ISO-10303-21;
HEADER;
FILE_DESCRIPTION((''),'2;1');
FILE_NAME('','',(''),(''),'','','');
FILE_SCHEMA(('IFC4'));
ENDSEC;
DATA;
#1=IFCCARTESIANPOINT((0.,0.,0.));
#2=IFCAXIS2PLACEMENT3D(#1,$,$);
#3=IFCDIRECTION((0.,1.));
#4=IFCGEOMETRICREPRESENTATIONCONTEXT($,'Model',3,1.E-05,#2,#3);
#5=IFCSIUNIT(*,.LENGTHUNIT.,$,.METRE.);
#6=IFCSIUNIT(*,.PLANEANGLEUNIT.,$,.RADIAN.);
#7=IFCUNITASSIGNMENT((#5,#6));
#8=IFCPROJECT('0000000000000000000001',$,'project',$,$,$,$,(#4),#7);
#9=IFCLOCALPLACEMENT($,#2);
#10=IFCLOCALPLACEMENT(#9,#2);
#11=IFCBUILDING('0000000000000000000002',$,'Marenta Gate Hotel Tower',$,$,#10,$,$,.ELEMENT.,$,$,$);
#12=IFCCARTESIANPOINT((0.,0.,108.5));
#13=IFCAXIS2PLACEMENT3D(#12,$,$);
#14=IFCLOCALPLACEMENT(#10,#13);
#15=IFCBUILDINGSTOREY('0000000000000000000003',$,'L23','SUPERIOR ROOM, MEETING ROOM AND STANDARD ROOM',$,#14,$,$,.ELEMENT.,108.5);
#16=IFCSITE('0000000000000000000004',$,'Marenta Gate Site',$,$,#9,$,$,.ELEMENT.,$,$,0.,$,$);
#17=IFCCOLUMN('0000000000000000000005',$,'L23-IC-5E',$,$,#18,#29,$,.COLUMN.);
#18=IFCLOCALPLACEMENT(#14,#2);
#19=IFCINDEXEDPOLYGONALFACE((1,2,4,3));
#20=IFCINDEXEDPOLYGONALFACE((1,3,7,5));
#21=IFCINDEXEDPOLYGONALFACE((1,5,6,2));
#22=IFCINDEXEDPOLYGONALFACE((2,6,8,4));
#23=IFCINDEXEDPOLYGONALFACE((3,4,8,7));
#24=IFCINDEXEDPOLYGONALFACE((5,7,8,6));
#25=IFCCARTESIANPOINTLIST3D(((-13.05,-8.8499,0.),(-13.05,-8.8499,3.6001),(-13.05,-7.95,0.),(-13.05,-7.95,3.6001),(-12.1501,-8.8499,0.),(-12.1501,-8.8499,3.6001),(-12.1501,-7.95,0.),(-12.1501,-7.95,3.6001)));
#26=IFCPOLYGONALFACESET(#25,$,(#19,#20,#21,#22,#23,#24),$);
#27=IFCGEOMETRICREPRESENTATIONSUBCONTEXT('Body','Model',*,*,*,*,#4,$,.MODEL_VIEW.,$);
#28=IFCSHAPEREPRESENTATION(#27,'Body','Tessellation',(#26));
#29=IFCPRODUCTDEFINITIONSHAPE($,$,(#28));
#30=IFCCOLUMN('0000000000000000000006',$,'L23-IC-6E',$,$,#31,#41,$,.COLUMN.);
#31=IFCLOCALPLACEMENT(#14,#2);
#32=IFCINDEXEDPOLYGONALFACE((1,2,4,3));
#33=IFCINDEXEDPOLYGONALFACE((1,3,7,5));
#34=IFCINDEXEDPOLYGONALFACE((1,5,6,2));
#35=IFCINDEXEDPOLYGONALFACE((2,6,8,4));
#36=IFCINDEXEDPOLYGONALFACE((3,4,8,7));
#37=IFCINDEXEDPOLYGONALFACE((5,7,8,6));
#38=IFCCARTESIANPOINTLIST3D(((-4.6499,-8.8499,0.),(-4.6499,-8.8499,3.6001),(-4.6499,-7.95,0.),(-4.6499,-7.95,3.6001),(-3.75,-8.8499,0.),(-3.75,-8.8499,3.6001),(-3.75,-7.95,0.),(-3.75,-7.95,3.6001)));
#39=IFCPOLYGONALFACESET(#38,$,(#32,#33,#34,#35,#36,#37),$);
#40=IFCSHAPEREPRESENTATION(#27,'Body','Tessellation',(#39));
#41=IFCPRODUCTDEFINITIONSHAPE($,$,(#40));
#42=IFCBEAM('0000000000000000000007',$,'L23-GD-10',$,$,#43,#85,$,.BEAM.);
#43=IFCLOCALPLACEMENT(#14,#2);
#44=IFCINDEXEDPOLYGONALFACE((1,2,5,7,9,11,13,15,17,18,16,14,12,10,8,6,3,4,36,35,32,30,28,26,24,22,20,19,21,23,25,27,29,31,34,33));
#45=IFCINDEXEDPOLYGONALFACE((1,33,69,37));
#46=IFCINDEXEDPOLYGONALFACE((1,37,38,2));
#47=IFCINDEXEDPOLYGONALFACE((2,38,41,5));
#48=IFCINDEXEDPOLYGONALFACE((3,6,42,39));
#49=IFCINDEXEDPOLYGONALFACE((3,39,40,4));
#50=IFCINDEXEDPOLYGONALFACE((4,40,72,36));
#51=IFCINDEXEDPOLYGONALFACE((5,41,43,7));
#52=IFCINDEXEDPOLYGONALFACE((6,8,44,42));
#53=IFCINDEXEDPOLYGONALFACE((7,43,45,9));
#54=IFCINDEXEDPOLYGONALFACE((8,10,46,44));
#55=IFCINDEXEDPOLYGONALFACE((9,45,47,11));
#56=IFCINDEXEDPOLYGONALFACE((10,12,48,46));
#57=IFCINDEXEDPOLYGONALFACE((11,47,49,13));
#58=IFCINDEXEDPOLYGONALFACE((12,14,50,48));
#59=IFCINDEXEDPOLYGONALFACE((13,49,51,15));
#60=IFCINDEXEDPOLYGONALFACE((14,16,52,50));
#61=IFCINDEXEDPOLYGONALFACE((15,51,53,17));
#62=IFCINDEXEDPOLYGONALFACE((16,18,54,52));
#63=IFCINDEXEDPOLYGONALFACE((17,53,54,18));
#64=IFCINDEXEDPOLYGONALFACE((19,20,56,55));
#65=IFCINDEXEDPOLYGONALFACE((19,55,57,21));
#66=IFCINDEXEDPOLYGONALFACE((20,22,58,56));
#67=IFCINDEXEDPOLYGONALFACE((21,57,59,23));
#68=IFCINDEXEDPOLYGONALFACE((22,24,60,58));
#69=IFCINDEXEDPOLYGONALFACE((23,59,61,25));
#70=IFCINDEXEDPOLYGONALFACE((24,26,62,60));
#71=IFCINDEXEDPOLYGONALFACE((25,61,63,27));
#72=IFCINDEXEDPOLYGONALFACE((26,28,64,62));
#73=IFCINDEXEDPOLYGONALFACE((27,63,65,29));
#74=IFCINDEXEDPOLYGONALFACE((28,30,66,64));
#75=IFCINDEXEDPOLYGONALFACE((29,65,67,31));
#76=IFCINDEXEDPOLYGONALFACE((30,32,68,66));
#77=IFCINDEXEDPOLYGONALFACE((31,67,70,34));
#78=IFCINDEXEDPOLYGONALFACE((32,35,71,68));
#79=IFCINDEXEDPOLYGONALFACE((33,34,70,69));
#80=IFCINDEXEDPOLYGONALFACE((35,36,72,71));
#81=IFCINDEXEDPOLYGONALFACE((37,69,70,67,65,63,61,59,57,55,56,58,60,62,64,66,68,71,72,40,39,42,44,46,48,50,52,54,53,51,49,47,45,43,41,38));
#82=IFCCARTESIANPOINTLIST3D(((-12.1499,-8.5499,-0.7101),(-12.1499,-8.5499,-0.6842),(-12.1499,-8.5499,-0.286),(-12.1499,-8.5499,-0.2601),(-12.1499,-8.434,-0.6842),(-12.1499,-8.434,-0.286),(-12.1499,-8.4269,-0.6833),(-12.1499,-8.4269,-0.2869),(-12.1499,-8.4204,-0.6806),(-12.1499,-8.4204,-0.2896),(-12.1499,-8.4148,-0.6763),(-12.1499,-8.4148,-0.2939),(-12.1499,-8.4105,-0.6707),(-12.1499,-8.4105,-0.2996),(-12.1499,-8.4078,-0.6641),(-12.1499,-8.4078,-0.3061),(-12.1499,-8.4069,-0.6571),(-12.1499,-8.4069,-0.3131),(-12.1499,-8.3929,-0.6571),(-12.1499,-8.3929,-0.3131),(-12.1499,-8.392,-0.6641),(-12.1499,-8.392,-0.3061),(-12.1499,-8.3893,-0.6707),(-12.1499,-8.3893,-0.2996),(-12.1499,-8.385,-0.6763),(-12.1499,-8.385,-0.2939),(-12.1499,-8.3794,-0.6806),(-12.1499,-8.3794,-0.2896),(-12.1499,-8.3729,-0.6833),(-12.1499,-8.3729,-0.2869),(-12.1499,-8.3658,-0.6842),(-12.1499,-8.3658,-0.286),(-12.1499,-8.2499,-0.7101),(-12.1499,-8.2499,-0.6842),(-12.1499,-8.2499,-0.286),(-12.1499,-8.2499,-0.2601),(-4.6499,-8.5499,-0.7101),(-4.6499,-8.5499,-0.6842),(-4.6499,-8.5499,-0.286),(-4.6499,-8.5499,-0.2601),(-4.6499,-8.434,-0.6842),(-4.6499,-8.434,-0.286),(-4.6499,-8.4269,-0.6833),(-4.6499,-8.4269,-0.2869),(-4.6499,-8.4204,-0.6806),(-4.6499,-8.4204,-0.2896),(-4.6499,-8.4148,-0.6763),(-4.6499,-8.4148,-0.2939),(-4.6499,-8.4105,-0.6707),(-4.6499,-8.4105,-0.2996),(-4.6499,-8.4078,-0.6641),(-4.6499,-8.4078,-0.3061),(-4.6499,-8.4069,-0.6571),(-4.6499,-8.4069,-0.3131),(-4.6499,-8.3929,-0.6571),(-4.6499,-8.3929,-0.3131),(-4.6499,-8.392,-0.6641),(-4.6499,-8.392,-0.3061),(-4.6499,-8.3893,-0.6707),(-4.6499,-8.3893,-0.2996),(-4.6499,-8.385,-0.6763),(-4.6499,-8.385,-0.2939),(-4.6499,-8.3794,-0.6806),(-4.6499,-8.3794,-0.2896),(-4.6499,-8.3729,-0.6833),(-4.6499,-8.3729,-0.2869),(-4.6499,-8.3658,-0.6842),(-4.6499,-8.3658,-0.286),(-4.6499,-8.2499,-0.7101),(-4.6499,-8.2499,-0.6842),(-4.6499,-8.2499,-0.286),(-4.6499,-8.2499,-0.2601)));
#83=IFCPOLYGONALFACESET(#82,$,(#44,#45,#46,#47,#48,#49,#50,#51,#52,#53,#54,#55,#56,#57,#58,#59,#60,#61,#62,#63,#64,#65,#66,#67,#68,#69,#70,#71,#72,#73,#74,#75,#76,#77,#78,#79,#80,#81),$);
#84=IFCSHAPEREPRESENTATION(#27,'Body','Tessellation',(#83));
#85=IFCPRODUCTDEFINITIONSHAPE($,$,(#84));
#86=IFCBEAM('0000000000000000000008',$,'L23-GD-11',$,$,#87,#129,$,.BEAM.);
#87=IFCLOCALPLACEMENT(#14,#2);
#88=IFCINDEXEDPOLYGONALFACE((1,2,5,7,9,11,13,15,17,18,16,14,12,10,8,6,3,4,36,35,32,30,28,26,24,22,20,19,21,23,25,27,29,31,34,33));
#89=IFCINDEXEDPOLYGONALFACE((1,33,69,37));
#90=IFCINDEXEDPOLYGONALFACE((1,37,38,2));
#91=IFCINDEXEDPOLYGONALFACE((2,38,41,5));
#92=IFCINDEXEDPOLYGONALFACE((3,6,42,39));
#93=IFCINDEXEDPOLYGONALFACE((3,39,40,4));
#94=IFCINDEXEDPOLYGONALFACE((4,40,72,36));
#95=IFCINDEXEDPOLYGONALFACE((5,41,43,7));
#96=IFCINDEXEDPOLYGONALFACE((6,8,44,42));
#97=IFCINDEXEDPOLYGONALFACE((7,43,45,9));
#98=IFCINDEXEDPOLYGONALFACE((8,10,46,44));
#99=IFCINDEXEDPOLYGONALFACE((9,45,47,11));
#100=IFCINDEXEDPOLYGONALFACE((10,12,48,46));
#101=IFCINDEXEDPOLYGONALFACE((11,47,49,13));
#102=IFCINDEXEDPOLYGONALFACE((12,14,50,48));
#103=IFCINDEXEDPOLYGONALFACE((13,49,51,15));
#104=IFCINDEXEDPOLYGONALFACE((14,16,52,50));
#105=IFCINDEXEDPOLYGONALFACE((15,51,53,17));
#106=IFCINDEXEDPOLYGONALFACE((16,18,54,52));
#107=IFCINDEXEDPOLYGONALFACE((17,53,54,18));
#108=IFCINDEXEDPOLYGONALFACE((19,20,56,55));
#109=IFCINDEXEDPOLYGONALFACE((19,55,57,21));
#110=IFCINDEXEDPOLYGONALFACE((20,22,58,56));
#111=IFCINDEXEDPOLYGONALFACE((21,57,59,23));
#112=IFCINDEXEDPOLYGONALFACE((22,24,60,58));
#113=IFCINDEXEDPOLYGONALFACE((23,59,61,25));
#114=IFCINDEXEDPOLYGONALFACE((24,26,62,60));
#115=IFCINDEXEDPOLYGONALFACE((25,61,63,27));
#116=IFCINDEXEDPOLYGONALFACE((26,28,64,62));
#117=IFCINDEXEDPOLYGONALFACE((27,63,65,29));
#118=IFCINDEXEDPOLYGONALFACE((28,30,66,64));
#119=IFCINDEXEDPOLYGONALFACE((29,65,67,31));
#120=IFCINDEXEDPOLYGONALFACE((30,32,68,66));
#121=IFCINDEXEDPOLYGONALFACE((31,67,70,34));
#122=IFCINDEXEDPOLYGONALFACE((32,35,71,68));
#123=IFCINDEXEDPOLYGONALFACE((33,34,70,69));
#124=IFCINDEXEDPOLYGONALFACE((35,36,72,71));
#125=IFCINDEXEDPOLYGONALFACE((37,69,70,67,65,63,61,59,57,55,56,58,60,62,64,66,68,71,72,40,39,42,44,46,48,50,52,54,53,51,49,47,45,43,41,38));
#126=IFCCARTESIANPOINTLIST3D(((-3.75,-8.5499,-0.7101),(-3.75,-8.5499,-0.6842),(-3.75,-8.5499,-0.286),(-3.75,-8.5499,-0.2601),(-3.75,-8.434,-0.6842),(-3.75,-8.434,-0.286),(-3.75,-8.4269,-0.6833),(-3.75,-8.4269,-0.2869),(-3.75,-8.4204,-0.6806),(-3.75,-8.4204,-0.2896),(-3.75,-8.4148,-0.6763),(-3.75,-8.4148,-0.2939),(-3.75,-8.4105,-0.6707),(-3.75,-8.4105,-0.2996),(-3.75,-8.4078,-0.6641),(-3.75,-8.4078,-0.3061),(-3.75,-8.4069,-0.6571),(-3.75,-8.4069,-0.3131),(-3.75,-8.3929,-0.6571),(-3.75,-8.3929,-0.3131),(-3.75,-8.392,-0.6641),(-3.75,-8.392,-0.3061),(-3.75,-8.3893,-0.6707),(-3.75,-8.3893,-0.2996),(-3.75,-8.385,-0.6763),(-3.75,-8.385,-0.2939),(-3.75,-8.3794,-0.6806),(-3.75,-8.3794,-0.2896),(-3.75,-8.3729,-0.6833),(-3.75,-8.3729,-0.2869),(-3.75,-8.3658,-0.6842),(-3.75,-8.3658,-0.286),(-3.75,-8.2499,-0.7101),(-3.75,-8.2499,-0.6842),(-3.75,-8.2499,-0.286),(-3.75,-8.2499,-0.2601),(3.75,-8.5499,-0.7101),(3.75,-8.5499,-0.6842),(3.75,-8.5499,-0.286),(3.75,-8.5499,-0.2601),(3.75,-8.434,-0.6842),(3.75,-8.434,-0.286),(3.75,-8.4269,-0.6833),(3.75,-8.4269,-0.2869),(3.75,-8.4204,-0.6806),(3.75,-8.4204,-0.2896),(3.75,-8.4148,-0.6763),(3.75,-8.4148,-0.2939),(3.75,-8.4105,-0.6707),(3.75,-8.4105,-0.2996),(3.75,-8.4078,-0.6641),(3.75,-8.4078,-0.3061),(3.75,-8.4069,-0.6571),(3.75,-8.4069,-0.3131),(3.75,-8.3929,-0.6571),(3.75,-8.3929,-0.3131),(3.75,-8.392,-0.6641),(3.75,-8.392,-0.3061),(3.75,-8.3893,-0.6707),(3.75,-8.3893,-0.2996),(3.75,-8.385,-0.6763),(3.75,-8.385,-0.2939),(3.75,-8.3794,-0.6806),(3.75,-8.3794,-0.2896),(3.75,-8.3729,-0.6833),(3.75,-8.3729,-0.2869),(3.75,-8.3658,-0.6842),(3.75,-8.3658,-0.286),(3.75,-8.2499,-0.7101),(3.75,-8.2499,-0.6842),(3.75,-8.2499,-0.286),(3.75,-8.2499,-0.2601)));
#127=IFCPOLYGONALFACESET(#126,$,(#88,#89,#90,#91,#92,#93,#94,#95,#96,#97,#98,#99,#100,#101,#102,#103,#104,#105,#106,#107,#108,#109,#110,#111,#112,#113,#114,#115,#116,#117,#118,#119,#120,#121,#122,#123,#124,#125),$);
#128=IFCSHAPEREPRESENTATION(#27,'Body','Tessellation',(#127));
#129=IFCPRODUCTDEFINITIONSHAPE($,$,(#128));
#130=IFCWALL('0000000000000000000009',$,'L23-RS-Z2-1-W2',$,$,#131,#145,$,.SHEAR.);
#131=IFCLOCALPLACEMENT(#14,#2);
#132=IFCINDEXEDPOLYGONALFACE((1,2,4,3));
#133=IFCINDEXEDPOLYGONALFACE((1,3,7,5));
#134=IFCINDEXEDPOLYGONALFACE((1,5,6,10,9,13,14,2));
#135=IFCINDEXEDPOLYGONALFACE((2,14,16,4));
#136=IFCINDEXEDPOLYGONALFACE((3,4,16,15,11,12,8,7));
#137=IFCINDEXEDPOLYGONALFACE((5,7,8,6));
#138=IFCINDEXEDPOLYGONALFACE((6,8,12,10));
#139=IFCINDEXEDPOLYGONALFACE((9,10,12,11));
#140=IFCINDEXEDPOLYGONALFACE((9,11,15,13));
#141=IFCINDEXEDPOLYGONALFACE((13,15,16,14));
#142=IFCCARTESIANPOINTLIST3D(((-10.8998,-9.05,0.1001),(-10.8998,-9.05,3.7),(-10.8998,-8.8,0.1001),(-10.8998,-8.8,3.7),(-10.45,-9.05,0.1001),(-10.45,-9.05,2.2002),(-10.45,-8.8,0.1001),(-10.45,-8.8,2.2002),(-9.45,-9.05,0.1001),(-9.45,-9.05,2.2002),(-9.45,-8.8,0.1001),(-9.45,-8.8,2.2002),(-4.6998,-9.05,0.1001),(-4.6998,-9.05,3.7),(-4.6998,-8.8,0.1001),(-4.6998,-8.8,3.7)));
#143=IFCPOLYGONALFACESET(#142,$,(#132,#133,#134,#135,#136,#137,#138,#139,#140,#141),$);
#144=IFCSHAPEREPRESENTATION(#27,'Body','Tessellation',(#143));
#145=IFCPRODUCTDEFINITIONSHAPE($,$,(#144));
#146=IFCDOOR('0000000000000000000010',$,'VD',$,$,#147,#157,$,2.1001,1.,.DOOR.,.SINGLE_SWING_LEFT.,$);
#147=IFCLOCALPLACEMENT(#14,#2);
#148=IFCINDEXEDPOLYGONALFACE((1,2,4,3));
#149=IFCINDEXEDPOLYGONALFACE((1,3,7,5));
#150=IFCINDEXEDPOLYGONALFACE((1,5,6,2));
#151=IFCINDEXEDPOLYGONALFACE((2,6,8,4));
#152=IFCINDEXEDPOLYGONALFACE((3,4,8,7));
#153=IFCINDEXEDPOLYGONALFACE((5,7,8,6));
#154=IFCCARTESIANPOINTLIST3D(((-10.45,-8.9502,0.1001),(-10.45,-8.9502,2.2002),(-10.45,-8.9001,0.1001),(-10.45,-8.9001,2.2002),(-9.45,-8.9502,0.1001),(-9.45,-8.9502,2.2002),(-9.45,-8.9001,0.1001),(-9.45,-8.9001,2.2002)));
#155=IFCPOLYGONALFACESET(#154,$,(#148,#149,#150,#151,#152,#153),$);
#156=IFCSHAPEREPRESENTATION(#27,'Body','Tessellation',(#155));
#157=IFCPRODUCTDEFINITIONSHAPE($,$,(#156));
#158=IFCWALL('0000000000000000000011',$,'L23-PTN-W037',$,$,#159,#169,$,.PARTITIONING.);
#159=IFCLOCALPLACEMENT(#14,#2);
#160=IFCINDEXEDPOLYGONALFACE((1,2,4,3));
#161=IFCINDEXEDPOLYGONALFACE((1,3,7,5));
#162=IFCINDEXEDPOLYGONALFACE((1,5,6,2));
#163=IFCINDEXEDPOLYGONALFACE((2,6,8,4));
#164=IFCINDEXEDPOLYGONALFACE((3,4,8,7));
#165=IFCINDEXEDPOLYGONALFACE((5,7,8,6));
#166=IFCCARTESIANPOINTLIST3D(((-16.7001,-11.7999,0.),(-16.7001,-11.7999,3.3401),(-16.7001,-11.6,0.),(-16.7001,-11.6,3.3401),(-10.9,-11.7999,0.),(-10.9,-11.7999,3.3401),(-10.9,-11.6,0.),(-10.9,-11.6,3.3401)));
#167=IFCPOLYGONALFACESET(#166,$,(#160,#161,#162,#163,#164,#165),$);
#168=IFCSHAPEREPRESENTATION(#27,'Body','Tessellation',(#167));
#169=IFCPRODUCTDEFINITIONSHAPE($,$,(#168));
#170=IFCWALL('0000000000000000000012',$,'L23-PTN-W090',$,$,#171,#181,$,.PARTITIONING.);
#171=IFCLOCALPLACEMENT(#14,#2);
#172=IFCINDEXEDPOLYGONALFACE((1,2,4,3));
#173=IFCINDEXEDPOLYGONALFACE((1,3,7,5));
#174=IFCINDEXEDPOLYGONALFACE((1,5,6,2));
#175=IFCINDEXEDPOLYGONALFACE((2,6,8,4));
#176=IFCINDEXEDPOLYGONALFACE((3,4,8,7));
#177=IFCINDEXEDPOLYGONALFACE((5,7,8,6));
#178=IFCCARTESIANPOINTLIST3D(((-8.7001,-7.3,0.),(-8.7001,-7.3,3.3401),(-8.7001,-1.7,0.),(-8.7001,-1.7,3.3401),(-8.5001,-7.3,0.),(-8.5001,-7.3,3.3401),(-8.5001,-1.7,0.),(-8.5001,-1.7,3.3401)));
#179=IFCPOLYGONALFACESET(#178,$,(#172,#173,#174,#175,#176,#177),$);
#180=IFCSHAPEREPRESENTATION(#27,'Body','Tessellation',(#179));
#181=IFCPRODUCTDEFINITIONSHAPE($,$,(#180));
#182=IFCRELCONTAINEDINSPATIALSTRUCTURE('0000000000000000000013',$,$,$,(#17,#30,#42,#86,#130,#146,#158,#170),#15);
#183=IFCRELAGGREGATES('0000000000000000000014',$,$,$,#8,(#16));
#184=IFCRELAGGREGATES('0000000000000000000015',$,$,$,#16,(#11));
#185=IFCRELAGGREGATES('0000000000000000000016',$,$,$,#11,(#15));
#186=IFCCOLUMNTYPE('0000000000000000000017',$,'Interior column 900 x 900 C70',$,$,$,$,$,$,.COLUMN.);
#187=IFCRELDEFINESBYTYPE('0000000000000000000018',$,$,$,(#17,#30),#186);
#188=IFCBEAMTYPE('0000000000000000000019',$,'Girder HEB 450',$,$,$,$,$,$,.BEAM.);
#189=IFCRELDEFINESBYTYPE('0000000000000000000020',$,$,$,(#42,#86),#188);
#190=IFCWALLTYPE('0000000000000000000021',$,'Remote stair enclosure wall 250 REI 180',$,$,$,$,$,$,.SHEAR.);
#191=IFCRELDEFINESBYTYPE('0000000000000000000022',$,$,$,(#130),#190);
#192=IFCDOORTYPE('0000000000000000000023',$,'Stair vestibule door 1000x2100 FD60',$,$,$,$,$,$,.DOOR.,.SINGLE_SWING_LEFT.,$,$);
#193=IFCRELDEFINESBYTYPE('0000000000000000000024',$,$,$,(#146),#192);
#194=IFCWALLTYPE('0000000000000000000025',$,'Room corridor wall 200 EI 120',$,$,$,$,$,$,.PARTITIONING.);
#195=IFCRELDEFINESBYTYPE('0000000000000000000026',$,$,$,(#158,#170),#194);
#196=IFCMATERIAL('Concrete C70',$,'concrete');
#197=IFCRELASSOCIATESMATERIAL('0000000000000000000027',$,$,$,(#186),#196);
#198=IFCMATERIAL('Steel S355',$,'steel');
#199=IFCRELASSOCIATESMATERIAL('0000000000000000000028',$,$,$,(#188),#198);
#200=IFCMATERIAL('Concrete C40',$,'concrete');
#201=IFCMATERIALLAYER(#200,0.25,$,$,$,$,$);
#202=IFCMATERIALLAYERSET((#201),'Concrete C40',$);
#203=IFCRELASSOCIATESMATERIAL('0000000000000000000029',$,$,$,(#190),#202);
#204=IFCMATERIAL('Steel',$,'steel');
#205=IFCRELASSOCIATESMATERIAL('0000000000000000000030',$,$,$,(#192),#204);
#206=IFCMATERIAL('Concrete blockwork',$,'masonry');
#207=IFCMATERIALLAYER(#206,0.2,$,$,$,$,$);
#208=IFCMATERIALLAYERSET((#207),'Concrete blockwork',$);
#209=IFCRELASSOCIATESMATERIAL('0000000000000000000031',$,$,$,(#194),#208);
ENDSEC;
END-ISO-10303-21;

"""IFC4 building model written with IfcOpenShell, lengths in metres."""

from ifc_helpers import new_model, si_unit, direction, frame, frame_2d, origin, origin_2d, place, context, subcontext, project, spatial, rectangle, i_section, extrude, material, layer, layer_set, material_profile, profile_set, type_object, element, fill, save


model = new_model("IFC4")

# Units and contexts
model_context = context("Model", 3, precision=1e-05, world=origin(), true_north=direction((0.0, 1.0)))
body_context = subcontext(model_context, "Body", "Model", "MODEL_VIEW")
ifc_project = project(units=[si_unit("LENGTHUNIT", "METRE"), si_unit("PLANEANGLEUNIT", "RADIAN")], contexts=[model_context])

# Site, building, storey
site_placement = place(None, origin())
site = spatial("IfcSite", under=ifc_project, at=site_placement, Name="Marenta Gate Site", CompositionType="ELEMENT", RefElevation=0.0)
building_placement = place(site_placement, origin())
building = spatial("IfcBuilding", under=site, at=building_placement, Name="Marenta Gate Hotel Tower", CompositionType="ELEMENT")
storey_placement = place(building_placement, frame((0.0, 0.0, 108.5)))
storey = spatial("IfcBuildingStorey", under=building, at=storey_placement, Name="L23", Description="SUPERIOR ROOM, MEETING ROOM AND STANDARD ROOM", CompositionType="ELEMENT", Elevation=108.5)

# Columns
ifc_material_1 = material(Name="Concrete C70", Category="concrete")
ifc_material_profile_1 = material_profile(ifc_material_1, rectangle(XDim=0.8999, YDim=0.8999, at=origin_2d()), Name="900 x 900")
ifc_profile_set_1 = profile_set([ifc_material_profile_1], Name="Concrete C70")
column_type = type_object("IfcColumnType", Name="Interior column 900 x 900 C70", PredefinedType="COLUMN", material=ifc_profile_set_1)
for number, where, z_axis, x_axis, name in (
    (1, (-12.6001, -8.3999, 0.0), (0.0, 0.0, 1.0), (1.0, 0.0, 0.0), "L23-IC-5E"),
    (2, (-4.2, -8.3999, 0.0), (0.0, 0.0, 1.0), (1.0, 0.0, 0.0), "L23-IC-6E"),
):
    element("IfcColumn", number, at=place(storey_placement, frame(where, z_axis=z_axis, x_axis=x_axis)), inside=storey, type_object=column_type, Name=name, PredefinedType="COLUMN", context=body_context, shape_type="SweptSolid", body=[
        extrude(rectangle(XDim=0.8999, YDim=0.8999, at=origin_2d()), origin(), (0.0, 0.0, 1.0), 3.6001),
    ])

# Beams
ifc_material_2 = material(Name="Steel S355", Category="steel")
ifc_material_profile_2 = material_profile(ifc_material_2, i_section(OverallWidth=0.3, OverallDepth=0.45, WebThickness=0.0139, FlangeThickness=0.0259, FilletRadius=0.0271, at=origin_2d()), Name="HEB 450")
ifc_profile_set_2 = profile_set([ifc_material_profile_2], Name="Steel S355")
beam_type = type_object("IfcBeamType", Name="Girder HEB 450", PredefinedType="BEAM", material=ifc_profile_set_2)
for number, where, z_axis, x_axis, name in (
    (3, (-12.1499, -8.3999, -0.4851), (1.0, 0.0, 0.0), (0.0, 1.0, 0.0), "L23-GD-10"),
    (4, (-3.75, -8.3999, -0.4851), (1.0, 0.0, 0.0), (0.0, 1.0, 0.0), "L23-GD-11"),
):
    element("IfcBeam", number, at=place(storey_placement, frame(where, z_axis=z_axis, x_axis=x_axis)), inside=storey, type_object=beam_type, Name=name, PredefinedType="BEAM", context=body_context, shape_type="SweptSolid", body=[
        extrude(i_section(OverallWidth=0.3, OverallDepth=0.45, WebThickness=0.0139, FlangeThickness=0.0259, FilletRadius=0.0271, at=origin_2d()), origin(), (0.0, 0.0, 1.0), 7.5),
    ])

# Wall, opening, door
ifc_material_3 = material(Name="Concrete C40", Category="concrete")
ifc_layer_1 = layer(ifc_material_3, 0.25)
ifc_layer_set_1 = layer_set([ifc_layer_1], Name="Concrete C40")
wall_type_1 = type_object("IfcWallType", Name="Remote stair enclosure wall 250 REI 180", PredefinedType="SHEAR", material=ifc_layer_set_1)
wall_1_placement = place(storey_placement, frame((-10.8999, -8.925, 0.1001), z_axis=(0.0, 0.0, 1.0), x_axis=(1.0, 0.0, 0.0)))
wall_1 = element("IfcWall", 5, at=wall_1_placement, inside=storey, type_object=wall_type_1, Name="L23-RS-Z2-1-W2", PredefinedType="SHEAR", context=body_context, shape_type="SweptSolid", body=[
    extrude(rectangle(XDim=6.2, YDim=0.25, at=frame_2d((3.1001, 0.0))), origin(), (0.0, 0.0, 1.0), 3.5999),
])
opening_1_placement = place(wall_1_placement, frame((0.45, 0.0, 0.0)))
opening_1 = element("IfcOpeningElement", 6, at=opening_1_placement, cuts=wall_1, PredefinedType="OPENING", context=body_context, shape_type="SweptSolid", body=[
    extrude(rectangle(XDim=1.0, YDim=2.1001, at=frame_2d((0.5, 1.05))), frame((0.0, 0.125, 0.0), z_axis=(0.0, -1.0, 0.0), x_axis=(1.0, 0.0, 0.0)), (0.0, 0.0, 1.0), 0.25),
])
ifc_material_4 = material(Name="Steel", Category="steel")
door_type_1 = type_object("IfcDoorType", Name="Stair vestibule door 1000x2100 FD60", OperationType="SINGLE_SWING_LEFT", PredefinedType="DOOR", material=ifc_material_4)
door_1_placement = place(opening_1_placement, origin())
door_1 = element("IfcDoor", 7, at=door_1_placement, inside=storey, type_object=door_type_1, Name="VD", OperationType="SINGLE_SWING_LEFT", OverallHeight=2.1001, OverallWidth=1.0, PredefinedType="DOOR", context=body_context, shape_type="SweptSolid", body=[
    extrude(rectangle(XDim=1.0, YDim=2.1001, at=frame_2d((0.5, 1.05))), frame((0.0, 0.0249, 0.0), z_axis=(0.0, -1.0, 0.0), x_axis=(1.0, 0.0, 0.0)), (0.0, 0.0, 1.0), 0.05),
])
fill(opening_1, door_1)

# Walls
ifc_material_5 = material(Name="Concrete blockwork", Category="masonry")
ifc_layer_2 = layer(ifc_material_5, 0.2)
ifc_layer_set_2 = layer_set([ifc_layer_2], Name="Concrete blockwork")
wall_type_2 = type_object("IfcWallType", Name="Room corridor wall 200 EI 120", PredefinedType="PARTITIONING", material=ifc_layer_set_2)
wall_2_placement = place(storey_placement, frame((-16.7, -11.7, 0.0), z_axis=(0.0, 0.0, 1.0), x_axis=(1.0, 0.0, 0.0)))
element("IfcWall", 8, at=wall_2_placement, inside=storey, type_object=wall_type_2, Name="L23-PTN-W037", PredefinedType="PARTITIONING", context=body_context, shape_type="SweptSolid", body=[
    extrude(rectangle(XDim=5.8, YDim=0.2, at=frame_2d((2.8999, 0.0))), origin(), (0.0, 0.0, 1.0), 3.3401),
])
wall_3_placement = place(storey_placement, frame((-8.6001, -7.3, 0.0), z_axis=(0.0, 0.0, 1.0), x_axis=(0.0, 1.0, 0.0)))
element("IfcWall", 9, at=wall_3_placement, inside=storey, type_object=wall_type_2, Name="L23-PTN-W090", PredefinedType="PARTITIONING", context=body_context, shape_type="SweptSolid", body=[
    extrude(rectangle(XDim=5.6001, YDim=0.2, at=frame_2d((2.8, 0.0))), origin(), (0.0, 0.0, 1.0), 3.3401),
])

save(model, "model.ifc")
